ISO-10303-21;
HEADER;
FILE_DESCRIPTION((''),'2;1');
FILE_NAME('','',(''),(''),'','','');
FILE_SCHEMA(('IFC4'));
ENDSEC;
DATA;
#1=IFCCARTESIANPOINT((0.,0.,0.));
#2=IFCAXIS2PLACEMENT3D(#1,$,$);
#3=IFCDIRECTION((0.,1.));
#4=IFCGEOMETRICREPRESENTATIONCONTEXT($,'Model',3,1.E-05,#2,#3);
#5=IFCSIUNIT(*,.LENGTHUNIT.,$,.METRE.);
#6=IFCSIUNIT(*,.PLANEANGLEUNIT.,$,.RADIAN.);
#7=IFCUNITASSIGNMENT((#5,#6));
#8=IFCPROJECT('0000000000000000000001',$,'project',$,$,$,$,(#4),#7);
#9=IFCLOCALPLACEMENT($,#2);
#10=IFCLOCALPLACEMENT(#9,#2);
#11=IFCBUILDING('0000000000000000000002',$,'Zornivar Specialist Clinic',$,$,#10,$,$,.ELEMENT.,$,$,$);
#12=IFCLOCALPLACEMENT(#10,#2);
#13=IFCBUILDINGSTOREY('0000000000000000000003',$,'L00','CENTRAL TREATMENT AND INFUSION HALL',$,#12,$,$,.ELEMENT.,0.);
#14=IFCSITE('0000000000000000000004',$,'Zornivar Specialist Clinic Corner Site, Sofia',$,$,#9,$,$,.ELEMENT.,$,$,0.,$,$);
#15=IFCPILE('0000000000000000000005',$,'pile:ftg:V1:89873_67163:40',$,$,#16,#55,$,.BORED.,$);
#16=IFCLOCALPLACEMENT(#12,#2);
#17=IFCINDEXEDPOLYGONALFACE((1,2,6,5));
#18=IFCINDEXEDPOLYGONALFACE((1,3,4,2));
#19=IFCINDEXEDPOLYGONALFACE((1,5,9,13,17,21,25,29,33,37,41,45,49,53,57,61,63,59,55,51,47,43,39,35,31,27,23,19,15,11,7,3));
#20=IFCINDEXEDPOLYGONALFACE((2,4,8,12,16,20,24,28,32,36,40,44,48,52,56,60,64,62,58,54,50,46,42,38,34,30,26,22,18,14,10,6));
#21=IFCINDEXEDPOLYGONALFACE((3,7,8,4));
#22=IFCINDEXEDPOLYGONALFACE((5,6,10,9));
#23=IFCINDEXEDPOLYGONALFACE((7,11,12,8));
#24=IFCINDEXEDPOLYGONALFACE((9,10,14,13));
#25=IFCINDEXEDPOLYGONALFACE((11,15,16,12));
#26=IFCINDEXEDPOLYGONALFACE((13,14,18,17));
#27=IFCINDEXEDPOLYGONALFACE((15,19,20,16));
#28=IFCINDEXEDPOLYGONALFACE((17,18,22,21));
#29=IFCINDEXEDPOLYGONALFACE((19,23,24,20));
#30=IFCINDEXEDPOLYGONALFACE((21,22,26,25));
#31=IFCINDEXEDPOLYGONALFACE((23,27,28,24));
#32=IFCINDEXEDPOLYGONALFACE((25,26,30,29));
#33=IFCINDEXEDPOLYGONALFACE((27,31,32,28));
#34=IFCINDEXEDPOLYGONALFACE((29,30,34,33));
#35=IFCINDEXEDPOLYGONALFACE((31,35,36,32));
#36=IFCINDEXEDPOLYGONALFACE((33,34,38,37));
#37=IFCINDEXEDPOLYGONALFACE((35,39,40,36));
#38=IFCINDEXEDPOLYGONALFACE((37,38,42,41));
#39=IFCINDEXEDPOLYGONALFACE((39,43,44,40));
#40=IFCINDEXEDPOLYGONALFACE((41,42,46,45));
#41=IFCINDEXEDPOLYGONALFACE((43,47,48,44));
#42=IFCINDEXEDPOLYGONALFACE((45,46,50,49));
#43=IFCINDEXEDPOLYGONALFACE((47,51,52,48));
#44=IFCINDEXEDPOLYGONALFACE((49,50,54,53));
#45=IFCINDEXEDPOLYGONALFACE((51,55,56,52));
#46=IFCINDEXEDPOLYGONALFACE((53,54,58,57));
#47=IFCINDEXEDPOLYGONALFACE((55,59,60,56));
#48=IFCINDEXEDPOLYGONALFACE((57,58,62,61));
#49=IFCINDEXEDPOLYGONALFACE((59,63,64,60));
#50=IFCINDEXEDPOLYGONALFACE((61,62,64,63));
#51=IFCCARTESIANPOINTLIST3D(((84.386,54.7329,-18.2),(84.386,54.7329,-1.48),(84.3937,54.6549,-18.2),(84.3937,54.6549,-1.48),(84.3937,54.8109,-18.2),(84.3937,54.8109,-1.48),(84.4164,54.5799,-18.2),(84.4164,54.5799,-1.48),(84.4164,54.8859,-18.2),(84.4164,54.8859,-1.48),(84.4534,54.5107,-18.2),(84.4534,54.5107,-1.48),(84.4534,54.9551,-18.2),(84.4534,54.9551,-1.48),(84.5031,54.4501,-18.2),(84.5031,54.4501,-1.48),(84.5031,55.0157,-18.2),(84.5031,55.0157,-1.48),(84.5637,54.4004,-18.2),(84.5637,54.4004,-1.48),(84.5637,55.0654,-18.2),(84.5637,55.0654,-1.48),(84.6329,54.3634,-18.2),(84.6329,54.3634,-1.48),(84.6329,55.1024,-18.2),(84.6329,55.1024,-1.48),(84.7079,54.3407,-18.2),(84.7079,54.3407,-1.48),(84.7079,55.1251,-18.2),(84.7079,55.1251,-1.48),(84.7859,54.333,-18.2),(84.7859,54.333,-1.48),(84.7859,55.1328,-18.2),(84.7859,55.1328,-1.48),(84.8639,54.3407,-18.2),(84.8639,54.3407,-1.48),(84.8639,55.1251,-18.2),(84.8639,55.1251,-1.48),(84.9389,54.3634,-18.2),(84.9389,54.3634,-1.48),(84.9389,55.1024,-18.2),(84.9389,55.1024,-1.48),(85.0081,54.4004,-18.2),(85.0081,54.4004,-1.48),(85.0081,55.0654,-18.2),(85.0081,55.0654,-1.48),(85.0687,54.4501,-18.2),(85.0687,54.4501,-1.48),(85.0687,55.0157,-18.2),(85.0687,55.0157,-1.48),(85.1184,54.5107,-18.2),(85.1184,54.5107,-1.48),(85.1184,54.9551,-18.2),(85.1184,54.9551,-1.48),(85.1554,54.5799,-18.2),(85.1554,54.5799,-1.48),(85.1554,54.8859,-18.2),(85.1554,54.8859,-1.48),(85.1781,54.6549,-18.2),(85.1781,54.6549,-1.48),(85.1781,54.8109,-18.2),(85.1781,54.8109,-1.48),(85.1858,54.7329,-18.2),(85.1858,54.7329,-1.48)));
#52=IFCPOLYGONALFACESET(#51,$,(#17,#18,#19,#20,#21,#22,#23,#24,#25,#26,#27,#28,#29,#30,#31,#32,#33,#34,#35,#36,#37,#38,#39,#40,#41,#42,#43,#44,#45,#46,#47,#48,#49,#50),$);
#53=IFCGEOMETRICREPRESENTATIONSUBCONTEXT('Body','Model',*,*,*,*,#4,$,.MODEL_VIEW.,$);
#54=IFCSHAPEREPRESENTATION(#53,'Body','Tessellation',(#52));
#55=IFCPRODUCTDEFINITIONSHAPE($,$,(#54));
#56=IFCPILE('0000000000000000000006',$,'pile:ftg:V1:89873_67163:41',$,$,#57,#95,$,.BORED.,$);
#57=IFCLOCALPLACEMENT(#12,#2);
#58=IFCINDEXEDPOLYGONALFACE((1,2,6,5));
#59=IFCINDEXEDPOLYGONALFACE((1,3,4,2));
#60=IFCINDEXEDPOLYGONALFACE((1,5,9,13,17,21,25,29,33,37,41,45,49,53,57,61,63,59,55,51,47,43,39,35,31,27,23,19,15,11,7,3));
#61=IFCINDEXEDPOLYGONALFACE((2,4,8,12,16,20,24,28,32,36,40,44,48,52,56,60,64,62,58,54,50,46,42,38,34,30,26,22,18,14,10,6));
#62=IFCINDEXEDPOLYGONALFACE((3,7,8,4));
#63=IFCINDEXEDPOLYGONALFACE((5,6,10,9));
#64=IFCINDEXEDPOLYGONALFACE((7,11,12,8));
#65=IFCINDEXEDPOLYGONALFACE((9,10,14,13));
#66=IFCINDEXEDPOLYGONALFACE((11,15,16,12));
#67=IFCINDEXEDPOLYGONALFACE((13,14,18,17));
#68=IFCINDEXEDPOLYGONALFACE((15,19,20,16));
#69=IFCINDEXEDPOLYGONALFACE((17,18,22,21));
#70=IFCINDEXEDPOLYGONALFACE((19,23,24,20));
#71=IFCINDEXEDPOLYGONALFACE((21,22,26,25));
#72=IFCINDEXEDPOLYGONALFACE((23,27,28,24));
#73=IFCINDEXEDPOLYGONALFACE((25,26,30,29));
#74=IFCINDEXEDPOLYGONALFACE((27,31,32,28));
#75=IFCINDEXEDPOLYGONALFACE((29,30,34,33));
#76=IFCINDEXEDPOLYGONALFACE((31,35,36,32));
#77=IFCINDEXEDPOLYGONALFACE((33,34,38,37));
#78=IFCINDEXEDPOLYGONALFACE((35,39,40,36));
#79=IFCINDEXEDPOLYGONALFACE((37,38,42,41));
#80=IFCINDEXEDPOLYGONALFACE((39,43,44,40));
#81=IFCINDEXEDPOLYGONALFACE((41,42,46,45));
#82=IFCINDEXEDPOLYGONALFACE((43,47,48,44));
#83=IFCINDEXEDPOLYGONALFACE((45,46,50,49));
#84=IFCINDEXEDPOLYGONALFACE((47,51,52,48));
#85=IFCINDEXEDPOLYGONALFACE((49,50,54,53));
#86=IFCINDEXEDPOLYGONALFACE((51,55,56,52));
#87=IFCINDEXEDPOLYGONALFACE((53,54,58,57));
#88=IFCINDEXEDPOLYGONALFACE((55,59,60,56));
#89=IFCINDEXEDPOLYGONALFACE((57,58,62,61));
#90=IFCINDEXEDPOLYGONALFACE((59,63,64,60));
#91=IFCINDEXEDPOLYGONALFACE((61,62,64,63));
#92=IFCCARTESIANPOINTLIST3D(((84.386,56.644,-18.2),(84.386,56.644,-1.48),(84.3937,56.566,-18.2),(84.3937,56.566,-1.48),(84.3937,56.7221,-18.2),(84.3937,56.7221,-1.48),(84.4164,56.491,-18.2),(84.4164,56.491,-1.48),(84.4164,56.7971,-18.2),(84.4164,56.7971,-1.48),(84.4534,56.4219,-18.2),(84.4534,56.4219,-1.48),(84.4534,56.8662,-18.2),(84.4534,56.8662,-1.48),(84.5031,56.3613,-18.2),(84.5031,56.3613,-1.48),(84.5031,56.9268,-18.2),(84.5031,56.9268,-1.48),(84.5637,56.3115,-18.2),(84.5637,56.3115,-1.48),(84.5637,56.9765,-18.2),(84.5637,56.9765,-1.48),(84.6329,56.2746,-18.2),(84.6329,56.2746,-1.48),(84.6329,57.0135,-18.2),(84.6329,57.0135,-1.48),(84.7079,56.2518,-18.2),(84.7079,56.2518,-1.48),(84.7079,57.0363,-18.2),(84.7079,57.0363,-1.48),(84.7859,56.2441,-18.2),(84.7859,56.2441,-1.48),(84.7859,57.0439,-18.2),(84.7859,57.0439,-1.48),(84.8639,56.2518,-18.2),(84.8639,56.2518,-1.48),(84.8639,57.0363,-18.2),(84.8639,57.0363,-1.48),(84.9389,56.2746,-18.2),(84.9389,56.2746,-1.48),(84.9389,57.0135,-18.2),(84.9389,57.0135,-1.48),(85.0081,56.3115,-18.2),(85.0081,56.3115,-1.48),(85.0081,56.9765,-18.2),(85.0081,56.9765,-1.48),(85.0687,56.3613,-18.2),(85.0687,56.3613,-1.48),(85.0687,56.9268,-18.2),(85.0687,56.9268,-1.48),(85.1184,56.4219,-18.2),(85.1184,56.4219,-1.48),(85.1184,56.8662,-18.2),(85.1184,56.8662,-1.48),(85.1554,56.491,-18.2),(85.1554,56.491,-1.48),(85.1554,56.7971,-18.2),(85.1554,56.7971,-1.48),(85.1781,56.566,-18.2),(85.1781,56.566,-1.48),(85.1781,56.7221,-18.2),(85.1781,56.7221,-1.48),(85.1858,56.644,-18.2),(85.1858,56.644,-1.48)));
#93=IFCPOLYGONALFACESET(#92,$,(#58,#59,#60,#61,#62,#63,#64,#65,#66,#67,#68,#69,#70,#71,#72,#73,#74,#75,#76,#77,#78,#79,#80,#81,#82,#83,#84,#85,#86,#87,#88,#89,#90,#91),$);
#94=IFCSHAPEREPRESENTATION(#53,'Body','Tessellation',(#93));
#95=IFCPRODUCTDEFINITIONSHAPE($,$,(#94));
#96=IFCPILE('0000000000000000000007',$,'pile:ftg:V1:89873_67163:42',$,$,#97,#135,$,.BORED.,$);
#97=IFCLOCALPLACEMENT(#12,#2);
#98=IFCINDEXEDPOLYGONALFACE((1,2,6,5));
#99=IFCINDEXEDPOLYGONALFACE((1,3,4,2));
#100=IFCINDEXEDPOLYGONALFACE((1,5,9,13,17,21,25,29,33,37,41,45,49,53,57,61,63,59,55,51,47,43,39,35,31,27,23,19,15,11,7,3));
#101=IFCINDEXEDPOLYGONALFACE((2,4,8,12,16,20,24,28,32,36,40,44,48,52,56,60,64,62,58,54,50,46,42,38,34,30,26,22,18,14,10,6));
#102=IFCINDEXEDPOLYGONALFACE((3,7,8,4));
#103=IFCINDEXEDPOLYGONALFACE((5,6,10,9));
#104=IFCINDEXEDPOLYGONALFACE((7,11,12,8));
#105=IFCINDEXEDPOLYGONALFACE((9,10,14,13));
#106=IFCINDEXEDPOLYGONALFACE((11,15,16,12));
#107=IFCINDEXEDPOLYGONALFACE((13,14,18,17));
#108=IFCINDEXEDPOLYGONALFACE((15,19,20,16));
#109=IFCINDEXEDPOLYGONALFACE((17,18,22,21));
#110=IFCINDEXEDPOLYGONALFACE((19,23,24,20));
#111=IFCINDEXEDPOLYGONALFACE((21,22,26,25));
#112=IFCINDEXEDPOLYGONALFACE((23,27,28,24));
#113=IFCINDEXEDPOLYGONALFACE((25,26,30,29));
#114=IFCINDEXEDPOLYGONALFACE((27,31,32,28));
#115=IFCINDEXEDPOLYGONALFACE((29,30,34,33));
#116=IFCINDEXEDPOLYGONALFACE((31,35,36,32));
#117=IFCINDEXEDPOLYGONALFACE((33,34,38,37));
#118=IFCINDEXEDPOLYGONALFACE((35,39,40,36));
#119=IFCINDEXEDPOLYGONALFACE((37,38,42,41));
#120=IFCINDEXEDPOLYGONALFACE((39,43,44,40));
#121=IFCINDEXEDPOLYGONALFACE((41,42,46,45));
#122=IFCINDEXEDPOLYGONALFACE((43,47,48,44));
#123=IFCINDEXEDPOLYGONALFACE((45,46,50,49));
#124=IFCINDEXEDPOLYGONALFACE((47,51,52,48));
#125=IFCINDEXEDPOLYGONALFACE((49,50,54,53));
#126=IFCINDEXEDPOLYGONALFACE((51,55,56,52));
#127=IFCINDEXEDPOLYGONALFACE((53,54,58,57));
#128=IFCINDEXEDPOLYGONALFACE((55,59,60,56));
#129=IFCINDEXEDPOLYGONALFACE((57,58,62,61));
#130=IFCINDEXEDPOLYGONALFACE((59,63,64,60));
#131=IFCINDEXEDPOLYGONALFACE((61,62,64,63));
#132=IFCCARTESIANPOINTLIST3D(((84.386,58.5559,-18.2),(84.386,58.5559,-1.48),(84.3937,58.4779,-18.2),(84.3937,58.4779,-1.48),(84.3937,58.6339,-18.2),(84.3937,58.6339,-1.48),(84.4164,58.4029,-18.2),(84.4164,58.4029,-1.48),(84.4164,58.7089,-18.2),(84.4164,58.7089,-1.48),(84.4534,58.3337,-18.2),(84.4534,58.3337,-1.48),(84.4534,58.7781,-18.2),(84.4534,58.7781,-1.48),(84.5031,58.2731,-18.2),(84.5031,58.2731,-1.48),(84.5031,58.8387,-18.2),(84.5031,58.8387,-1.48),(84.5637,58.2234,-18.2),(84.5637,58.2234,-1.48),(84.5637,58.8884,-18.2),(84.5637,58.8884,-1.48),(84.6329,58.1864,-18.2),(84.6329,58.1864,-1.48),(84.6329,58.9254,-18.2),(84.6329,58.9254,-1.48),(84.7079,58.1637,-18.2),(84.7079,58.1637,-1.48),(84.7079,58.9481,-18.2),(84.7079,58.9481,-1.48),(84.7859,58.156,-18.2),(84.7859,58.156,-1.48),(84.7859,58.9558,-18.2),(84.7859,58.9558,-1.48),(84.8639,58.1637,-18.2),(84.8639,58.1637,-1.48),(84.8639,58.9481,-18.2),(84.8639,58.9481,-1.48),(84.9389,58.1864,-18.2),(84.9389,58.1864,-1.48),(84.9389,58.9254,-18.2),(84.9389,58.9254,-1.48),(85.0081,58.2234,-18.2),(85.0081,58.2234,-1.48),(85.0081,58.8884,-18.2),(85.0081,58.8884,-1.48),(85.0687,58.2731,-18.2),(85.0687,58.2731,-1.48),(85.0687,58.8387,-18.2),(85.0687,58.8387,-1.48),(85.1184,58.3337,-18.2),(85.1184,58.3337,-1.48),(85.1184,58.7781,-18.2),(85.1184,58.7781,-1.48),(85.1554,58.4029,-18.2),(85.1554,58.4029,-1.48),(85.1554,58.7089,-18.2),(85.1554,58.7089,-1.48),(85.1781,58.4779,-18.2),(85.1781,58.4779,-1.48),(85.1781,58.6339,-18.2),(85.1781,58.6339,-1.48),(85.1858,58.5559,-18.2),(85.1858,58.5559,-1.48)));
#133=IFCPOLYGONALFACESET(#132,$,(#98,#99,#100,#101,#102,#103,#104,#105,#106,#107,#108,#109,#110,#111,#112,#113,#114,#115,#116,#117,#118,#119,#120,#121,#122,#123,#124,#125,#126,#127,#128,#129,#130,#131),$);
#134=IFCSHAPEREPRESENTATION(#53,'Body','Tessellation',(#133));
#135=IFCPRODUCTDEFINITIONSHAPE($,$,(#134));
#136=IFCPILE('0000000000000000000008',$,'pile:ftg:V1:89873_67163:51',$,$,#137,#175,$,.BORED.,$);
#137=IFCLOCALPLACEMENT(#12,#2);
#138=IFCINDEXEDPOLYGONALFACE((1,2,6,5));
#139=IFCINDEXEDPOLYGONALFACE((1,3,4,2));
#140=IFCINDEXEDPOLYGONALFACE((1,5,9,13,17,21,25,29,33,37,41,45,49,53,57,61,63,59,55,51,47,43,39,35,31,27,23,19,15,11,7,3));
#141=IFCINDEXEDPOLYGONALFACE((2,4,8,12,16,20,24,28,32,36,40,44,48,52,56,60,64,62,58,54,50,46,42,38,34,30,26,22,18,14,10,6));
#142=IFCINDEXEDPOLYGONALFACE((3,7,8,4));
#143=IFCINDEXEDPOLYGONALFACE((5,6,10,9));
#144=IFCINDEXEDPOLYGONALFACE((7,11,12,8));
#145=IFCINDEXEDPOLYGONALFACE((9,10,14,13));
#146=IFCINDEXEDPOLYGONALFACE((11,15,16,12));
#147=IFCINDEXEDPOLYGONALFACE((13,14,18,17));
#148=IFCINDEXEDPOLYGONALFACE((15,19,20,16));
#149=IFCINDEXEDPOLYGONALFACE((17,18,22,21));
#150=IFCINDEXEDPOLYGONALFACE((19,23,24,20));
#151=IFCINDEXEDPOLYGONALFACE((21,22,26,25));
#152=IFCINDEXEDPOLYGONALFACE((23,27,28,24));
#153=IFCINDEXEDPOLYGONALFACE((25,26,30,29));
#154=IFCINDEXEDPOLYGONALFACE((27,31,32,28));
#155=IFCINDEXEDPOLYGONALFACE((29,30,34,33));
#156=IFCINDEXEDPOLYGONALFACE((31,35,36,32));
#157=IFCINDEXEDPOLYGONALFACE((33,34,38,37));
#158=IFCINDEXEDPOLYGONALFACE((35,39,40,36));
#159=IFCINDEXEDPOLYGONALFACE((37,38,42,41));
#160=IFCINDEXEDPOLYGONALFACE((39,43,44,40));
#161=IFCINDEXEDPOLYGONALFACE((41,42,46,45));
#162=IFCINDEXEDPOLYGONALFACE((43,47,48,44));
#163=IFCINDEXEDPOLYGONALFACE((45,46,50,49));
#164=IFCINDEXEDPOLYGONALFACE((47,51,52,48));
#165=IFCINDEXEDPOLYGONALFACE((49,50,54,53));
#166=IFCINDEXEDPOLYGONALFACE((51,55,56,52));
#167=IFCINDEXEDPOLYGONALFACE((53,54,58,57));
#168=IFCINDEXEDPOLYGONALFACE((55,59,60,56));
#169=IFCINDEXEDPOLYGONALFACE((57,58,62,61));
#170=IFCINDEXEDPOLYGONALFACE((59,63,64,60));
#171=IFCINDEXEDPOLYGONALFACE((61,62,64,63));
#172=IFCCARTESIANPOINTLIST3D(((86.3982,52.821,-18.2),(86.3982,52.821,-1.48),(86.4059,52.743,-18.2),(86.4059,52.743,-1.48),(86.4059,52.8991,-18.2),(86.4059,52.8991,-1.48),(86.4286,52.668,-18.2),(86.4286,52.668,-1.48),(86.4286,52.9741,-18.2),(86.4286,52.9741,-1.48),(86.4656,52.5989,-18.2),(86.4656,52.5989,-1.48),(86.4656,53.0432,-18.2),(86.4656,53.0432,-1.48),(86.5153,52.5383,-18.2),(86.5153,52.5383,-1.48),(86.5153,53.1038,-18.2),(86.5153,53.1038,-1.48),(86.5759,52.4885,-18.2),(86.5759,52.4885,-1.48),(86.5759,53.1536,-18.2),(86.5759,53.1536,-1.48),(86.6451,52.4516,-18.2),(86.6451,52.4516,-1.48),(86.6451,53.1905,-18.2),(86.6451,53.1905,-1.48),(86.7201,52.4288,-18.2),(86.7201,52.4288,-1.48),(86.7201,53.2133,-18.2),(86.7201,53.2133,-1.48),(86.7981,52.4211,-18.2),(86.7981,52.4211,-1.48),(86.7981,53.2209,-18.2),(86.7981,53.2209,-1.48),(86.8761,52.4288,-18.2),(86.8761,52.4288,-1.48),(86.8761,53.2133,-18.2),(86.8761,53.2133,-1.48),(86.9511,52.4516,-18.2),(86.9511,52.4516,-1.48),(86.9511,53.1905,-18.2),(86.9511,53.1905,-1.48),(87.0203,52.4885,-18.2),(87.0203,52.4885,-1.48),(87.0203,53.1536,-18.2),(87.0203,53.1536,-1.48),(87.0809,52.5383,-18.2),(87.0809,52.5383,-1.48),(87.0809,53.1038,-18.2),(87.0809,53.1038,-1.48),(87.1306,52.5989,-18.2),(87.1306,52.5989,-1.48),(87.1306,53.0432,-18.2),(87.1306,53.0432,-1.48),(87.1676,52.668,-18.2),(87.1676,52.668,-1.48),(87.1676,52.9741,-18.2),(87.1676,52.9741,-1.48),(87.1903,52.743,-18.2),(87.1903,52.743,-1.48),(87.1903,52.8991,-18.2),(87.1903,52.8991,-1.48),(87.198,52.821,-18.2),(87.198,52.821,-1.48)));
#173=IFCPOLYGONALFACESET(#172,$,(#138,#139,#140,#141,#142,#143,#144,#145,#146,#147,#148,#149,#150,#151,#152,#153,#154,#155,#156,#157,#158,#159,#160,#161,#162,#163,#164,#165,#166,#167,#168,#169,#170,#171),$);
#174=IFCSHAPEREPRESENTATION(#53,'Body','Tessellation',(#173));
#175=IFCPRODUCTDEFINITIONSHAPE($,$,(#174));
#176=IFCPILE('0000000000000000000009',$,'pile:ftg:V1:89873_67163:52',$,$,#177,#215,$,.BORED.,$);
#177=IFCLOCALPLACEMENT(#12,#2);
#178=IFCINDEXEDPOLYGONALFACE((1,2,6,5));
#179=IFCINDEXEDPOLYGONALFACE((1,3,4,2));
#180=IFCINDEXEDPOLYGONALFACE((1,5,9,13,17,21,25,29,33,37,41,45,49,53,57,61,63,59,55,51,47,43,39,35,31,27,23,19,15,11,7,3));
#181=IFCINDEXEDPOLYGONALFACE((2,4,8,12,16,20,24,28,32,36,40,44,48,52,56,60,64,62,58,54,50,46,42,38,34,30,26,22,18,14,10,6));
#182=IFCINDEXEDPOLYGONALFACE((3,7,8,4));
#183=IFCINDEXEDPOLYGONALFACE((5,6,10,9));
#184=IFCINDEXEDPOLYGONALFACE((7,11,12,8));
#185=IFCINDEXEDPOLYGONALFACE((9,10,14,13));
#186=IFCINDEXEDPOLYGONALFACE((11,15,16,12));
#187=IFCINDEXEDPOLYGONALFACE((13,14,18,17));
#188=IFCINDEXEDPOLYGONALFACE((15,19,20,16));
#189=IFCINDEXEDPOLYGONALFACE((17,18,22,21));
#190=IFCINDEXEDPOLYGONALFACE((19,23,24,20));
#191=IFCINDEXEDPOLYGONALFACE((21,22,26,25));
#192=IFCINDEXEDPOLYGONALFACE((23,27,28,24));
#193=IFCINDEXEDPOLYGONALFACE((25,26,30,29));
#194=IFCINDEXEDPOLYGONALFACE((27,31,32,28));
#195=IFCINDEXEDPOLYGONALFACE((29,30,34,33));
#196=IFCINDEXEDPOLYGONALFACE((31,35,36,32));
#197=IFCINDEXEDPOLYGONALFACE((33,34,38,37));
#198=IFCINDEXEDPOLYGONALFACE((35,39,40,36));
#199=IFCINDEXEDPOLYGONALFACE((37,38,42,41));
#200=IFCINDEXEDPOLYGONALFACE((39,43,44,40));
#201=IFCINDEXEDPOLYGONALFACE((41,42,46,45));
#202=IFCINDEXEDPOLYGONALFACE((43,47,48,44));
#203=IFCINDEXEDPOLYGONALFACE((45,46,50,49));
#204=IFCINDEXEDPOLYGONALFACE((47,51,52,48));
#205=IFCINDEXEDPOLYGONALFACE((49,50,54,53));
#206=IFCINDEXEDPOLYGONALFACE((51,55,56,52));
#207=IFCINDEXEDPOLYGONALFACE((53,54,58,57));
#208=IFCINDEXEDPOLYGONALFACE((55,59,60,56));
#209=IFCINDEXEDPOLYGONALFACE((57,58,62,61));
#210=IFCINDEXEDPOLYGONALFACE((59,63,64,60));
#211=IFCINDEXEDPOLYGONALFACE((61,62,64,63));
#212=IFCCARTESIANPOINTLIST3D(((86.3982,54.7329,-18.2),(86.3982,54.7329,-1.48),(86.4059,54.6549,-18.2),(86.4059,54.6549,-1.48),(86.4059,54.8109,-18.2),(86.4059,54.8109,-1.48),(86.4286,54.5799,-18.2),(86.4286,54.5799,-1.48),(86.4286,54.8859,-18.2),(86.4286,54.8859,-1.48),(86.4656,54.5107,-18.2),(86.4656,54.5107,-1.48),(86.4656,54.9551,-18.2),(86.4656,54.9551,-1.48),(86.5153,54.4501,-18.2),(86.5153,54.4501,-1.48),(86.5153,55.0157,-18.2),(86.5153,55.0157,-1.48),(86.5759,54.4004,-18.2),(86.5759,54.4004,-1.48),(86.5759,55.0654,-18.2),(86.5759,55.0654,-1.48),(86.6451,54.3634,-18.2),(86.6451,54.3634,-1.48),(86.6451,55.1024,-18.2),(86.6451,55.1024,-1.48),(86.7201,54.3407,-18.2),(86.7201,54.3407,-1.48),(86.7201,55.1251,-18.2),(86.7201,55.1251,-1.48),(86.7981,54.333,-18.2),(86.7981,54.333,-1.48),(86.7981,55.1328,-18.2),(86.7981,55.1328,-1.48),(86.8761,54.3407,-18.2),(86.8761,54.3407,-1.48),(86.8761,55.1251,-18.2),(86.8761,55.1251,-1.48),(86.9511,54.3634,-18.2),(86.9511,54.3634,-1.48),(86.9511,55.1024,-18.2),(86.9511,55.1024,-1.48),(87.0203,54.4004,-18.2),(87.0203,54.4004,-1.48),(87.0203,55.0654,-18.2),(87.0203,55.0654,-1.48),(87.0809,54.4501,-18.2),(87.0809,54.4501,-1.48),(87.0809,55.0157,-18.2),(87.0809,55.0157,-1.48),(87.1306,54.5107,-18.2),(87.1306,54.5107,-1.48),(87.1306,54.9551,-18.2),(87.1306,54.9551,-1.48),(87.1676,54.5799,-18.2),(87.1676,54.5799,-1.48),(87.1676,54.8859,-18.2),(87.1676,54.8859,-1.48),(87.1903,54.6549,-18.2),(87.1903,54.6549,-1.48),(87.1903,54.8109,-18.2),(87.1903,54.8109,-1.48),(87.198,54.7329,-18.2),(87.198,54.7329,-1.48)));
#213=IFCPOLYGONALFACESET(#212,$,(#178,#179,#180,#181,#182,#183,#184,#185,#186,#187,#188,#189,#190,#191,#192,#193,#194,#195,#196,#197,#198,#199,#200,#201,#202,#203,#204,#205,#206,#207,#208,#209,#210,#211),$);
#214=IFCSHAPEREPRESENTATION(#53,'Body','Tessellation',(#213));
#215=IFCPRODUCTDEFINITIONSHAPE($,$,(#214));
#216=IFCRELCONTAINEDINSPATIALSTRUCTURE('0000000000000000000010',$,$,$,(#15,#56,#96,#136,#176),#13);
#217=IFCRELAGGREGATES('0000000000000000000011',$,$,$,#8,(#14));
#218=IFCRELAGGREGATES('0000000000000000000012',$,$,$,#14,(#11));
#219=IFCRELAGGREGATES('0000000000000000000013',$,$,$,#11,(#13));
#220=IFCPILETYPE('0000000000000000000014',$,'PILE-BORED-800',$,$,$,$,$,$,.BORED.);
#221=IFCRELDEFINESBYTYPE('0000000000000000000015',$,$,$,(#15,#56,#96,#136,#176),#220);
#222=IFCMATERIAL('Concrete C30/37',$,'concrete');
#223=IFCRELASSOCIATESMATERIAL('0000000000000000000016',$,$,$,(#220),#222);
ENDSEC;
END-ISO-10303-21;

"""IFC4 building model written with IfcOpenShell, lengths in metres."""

from ifc_helpers import new_model, si_unit, direction, frame, origin, origin_2d, place, context, subcontext, project, spatial, circle, extrude, material, material_profile, profile_set, type_object, element, save


model = new_model("IFC4")

# Units and contexts
model_context = context("Model", 3, precision=1e-05, world=origin(), true_north=direction((0.0, 1.0)))
body_context = subcontext(model_context, "Body", "Model", "MODEL_VIEW")
ifc_project = project(units=[si_unit("LENGTHUNIT", "METRE"), si_unit("PLANEANGLEUNIT", "RADIAN")], contexts=[model_context])

# Site, building, storey
site_placement = place(None, origin())
site = spatial("IfcSite", under=ifc_project, at=site_placement, Name="Zornivar Specialist Clinic Corner Site, Sofia", CompositionType="ELEMENT", RefElevation=0.0)
building_placement = place(site_placement, origin())
building = spatial("IfcBuilding", under=site, at=building_placement, Name="Zornivar Specialist Clinic", CompositionType="ELEMENT")
storey_placement = place(building_placement, origin())
storey = spatial("IfcBuildingStorey", under=building, at=storey_placement, Name="L00", Description="CENTRAL TREATMENT AND INFUSION HALL", CompositionType="ELEMENT", Elevation=0.0)

# Piles
ifc_material_1 = material(Name="Concrete C30/37", Category="concrete")
ifc_material_profile_1 = material_profile(ifc_material_1, circle(Radius=0.3999, at=origin_2d()), Name="PILE D800")
ifc_profile_set_1 = profile_set([ifc_material_profile_1], Name="Concrete C30/37")
pile_type = type_object("IfcPileType", Name="PILE-BORED-800", PredefinedType="BORED", material=ifc_profile_set_1)
for number, where, z_axis, x_axis, name in (
    (1, (84.7859, 54.7329, -1.48), (0.0, 0.0, -1.0), (1.0, 0.0, 0.0), "pile:ftg:V1:89873_67163:40"),
    (2, (84.7859, 56.644, -1.48), (0.0, 0.0, -1.0), (1.0, 0.0, 0.0), "pile:ftg:V1:89873_67163:41"),
    (3, (84.7859, 58.5559, -1.48), (0.0, 0.0, -1.0), (1.0, 0.0, 0.0), "pile:ftg:V1:89873_67163:42"),
    (4, (86.7981, 52.821, -1.48), (0.0, 0.0, -1.0), (1.0, 0.0, 0.0), "pile:ftg:V1:89873_67163:51"),
    (5, (86.7981, 54.7329, -1.48), (0.0, 0.0, -1.0), (1.0, 0.0, 0.0), "pile:ftg:V1:89873_67163:52"),
):
    element("IfcPile", number, at=place(storey_placement, frame(where, z_axis=z_axis, x_axis=x_axis)), inside=storey, type_object=pile_type, Name=name, PredefinedType="BORED", context=body_context, shape_type="SweptSolid", body=[
        extrude(circle(Radius=0.3999, at=origin_2d()), origin(), (0.0, 0.0, 1.0), 16.72),
    ])

save(model, "model.ifc")
